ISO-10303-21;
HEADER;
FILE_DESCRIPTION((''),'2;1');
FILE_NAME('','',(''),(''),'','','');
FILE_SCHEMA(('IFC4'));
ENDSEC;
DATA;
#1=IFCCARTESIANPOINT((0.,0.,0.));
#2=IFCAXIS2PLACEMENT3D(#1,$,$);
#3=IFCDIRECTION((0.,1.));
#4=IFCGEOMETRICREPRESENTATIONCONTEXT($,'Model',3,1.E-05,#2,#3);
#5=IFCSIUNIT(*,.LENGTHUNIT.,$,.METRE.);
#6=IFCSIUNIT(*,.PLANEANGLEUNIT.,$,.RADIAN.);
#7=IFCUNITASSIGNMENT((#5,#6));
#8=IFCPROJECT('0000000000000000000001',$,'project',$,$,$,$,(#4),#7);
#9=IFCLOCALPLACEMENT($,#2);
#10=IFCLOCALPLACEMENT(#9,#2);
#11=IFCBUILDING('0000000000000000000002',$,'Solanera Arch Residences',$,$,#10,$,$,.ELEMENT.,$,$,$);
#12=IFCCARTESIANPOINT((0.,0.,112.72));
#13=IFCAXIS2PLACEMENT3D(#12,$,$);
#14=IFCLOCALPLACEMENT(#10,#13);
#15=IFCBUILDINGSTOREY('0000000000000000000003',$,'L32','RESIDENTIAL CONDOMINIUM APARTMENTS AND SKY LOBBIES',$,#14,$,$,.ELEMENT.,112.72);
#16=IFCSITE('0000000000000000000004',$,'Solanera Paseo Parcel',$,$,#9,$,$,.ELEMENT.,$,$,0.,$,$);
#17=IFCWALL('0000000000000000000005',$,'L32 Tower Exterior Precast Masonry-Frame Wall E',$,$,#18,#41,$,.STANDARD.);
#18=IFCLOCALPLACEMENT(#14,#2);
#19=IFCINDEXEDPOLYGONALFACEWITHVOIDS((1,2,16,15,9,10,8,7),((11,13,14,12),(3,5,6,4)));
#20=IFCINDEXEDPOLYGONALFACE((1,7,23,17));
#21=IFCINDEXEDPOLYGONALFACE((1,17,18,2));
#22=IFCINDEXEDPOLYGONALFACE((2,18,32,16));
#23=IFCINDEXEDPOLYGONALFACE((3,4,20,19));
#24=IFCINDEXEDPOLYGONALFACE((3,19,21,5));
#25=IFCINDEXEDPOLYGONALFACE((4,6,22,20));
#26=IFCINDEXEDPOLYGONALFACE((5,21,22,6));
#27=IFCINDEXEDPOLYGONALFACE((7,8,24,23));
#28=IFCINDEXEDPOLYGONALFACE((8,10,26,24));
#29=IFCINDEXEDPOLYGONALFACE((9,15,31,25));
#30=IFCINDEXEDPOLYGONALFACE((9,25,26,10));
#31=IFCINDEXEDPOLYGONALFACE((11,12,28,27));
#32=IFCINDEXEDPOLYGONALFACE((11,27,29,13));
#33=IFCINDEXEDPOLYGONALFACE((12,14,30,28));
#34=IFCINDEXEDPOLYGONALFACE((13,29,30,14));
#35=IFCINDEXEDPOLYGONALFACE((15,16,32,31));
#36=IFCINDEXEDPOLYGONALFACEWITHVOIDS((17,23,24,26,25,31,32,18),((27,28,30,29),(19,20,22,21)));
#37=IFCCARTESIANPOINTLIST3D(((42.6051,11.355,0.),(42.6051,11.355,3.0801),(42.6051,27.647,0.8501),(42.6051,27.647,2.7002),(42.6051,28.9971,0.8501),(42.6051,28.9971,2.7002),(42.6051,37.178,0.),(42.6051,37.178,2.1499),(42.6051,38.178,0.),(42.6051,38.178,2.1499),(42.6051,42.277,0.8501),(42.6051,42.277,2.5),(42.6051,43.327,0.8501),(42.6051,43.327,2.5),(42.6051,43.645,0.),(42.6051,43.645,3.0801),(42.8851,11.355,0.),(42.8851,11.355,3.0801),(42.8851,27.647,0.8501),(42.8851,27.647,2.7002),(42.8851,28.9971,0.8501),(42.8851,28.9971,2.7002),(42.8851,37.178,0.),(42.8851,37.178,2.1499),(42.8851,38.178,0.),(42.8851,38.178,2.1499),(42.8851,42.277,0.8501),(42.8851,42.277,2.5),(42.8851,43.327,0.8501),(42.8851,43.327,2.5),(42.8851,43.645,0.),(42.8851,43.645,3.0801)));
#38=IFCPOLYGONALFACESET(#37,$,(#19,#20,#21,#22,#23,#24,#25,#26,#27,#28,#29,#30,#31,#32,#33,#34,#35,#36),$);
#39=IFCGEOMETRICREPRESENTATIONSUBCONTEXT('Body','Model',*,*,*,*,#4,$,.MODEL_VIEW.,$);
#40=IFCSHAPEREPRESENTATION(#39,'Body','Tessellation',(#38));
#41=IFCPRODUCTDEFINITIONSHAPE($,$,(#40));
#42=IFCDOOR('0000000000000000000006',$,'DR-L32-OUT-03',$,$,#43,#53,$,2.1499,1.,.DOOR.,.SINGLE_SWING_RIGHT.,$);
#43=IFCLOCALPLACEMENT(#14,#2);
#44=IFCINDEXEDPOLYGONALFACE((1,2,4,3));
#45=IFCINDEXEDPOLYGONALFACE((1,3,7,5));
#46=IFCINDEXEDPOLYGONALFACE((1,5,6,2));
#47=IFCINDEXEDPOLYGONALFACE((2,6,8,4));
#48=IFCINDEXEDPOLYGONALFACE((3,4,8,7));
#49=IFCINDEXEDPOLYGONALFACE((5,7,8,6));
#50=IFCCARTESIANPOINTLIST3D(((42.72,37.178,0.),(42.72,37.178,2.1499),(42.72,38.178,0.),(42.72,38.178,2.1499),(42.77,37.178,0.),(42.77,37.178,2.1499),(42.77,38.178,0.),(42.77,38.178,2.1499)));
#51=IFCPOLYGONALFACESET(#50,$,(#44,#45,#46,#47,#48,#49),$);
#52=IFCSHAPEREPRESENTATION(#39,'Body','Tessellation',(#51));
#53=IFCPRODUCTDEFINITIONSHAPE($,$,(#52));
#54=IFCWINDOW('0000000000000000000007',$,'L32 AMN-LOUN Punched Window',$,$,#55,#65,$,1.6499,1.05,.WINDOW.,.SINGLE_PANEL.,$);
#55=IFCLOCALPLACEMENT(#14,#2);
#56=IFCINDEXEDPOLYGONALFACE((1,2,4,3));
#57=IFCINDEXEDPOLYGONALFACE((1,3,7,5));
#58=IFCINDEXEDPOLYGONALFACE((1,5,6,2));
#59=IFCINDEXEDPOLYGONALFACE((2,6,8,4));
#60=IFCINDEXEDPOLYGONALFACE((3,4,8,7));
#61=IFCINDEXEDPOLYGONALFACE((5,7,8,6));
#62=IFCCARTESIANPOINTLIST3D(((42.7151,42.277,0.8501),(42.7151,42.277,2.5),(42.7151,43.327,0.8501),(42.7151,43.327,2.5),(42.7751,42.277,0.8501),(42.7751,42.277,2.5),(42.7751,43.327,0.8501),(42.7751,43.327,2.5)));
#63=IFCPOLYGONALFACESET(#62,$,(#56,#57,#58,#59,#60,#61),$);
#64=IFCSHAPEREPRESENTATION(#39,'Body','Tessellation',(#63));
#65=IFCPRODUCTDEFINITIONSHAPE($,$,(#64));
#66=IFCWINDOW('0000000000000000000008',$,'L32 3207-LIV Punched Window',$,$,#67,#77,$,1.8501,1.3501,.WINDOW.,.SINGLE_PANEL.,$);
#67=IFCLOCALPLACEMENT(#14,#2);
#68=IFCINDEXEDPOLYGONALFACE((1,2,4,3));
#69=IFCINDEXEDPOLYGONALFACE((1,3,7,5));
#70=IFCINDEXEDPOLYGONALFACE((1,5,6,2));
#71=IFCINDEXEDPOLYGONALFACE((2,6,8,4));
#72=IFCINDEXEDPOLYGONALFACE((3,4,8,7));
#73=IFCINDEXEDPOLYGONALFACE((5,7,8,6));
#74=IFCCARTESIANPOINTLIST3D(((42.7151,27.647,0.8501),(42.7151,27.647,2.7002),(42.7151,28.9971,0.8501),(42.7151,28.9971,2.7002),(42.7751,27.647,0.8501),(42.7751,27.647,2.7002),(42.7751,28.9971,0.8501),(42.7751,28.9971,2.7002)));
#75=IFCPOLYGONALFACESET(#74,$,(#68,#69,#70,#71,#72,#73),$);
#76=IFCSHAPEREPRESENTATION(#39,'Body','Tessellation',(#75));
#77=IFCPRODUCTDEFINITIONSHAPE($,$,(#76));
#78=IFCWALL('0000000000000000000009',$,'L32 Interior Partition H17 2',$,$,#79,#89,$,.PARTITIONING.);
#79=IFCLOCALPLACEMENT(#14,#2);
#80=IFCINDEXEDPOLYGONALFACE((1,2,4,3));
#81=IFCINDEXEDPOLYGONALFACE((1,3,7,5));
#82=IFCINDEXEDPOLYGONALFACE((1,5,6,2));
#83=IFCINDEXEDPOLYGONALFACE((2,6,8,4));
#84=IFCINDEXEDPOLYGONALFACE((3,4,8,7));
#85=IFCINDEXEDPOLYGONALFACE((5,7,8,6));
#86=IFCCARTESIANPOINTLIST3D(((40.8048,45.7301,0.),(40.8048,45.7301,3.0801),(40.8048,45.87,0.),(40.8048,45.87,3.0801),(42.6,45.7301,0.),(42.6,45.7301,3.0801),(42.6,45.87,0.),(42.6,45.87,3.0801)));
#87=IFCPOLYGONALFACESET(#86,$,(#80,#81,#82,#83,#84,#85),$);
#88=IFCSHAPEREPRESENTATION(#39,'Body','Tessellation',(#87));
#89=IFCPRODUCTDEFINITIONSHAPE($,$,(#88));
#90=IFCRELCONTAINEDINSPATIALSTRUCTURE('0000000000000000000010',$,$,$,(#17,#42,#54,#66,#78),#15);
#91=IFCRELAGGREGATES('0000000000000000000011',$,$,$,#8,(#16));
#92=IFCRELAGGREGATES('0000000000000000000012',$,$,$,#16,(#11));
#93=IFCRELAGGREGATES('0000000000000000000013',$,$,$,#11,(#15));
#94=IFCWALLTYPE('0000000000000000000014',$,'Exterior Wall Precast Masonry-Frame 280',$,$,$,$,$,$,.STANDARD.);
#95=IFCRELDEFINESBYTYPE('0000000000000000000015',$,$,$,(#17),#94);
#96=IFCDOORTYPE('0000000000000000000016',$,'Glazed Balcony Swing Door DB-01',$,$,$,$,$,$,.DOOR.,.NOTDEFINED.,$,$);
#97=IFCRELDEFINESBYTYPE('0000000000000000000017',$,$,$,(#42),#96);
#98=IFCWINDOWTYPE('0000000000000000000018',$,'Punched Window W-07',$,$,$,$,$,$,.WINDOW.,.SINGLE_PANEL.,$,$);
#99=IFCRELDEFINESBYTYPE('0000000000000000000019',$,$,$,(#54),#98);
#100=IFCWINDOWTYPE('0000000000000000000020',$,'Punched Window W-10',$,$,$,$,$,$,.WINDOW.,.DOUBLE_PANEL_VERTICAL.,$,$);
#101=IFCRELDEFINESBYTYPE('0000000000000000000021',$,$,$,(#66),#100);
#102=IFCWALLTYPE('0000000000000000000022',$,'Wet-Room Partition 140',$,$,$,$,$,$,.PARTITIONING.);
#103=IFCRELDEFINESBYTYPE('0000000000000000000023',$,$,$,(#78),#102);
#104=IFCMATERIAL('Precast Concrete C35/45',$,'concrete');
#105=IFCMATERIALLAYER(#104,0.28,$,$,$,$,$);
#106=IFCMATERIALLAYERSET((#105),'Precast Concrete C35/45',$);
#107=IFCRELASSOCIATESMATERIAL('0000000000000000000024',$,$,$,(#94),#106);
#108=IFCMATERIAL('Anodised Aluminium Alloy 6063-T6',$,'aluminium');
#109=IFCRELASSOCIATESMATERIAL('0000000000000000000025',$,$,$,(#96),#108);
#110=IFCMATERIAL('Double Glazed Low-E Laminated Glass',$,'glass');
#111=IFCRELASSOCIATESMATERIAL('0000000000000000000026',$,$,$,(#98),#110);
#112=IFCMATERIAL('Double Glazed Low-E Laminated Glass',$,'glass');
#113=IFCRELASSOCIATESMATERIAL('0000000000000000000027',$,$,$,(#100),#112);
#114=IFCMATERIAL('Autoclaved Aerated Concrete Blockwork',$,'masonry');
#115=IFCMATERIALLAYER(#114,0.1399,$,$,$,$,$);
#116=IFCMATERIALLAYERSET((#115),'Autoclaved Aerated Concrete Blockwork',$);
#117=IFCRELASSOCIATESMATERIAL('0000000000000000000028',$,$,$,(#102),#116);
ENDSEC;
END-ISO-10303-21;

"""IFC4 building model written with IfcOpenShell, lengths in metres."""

from ifc_helpers import new_model, si_unit, direction, frame, frame_2d, origin, place, context, subcontext, project, spatial, rectangle, extrude, material, layer, layer_set, type_object, element, fill, save


model = new_model("IFC4")

# Units and contexts
model_context = context("Model", 3, precision=1e-05, world=origin(), true_north=direction((0.0, 1.0)))
body_context = subcontext(model_context, "Body", "Model", "MODEL_VIEW")
ifc_project = project(units=[si_unit("LENGTHUNIT", "METRE"), si_unit("PLANEANGLEUNIT", "RADIAN")], contexts=[model_context])

# Site, building, storey
site_placement = place(None, origin())
site = spatial("IfcSite", under=ifc_project, at=site_placement, Name="Solanera Paseo Parcel", CompositionType="ELEMENT", RefElevation=0.0)
building_placement = place(site_placement, origin())
building = spatial("IfcBuilding", under=site, at=building_placement, Name="Solanera Arch Residences", CompositionType="ELEMENT")
storey_placement = place(building_placement, frame((0.0, 0.0, 112.72)))
storey = spatial("IfcBuildingStorey", under=building, at=storey_placement, Name="L32", Description="RESIDENTIAL CONDOMINIUM APARTMENTS AND SKY LOBBIES", CompositionType="ELEMENT", Elevation=112.72)

# Shared definitions
ifc_material_1 = material(Name="Precast Concrete C35/45", Category="concrete")
ifc_layer_1 = layer(ifc_material_1, 0.28)
ifc_layer_set_1 = layer_set([ifc_layer_1], Name="Precast Concrete C35/45")
wall_type_1 = type_object("IfcWallType", Name="Exterior Wall Precast Masonry-Frame 280", PredefinedType="STANDARD", material=ifc_layer_set_1)

# Wall, openings, door, windows
wall_1_placement = place(storey_placement, frame((42.7451, 43.645, 0.0), z_axis=(0.0, 0.0, 1.0), x_axis=(0.0, -1.0, 0.0)))
wall_1 = element("IfcWall", 1, at=wall_1_placement, inside=storey, type_object=wall_type_1, Name="L32 Tower Exterior Precast Masonry-Frame Wall E", PredefinedType="STANDARD", context=body_context, shape_type="SweptSolid", body=[
    extrude(rectangle(XDim=32.29, YDim=0.28, at=frame_2d((16.145, 0.0))), origin(), (0.0, 0.0, 1.0), 3.0801),
])
opening_1_placement = place(wall_1_placement, frame((5.467, 0.0, 0.0)))
opening_1 = element("IfcOpeningElement", 2, at=opening_1_placement, cuts=wall_1, PredefinedType="OPENING", context=body_context, shape_type="SweptSolid", body=[
    extrude(rectangle(XDim=1.0, YDim=2.1499, at=frame_2d((0.5, 1.075))), frame((0.0, 0.1499, 0.0), z_axis=(0.0, -1.0, 0.0), x_axis=(1.0, 0.0, 0.0)), (0.0, 0.0, 1.0), 0.3),
])
opening_2_placement = place(wall_1_placement, frame((0.3181, 0.0, 0.8501)))
opening_2 = element("IfcOpeningElement", 3, at=opening_2_placement, cuts=wall_1, PredefinedType="OPENING", context=body_context, shape_type="SweptSolid", body=[
    extrude(rectangle(XDim=1.05, YDim=1.6499, at=frame_2d((0.5249, 0.825))), frame((0.0, 0.1499, 0.0), z_axis=(0.0, -1.0, 0.0), x_axis=(1.0, 0.0, 0.0)), (0.0, 0.0, 1.0), 0.3),
])
opening_3_placement = place(wall_1_placement, frame((14.6479, 0.0, 0.8501)))
opening_3 = element("IfcOpeningElement", 4, at=opening_3_placement, cuts=wall_1, PredefinedType="OPENING", context=body_context, shape_type="SweptSolid", body=[
    extrude(rectangle(XDim=1.3501, YDim=1.8501, at=frame_2d((0.675, 0.925))), frame((0.0, 0.1499, 0.0), z_axis=(0.0, -1.0, 0.0), x_axis=(1.0, 0.0, 0.0)), (0.0, 0.0, 1.0), 0.3),
])
ifc_material_2 = material(Name="Anodised Aluminium Alloy 6063-T6", Category="aluminium")
door_type = type_object("IfcDoorType", Name="Glazed Balcony Swing Door DB-01", OperationType="NOTDEFINED", PredefinedType="DOOR", material=ifc_material_2)
door_placement = place(opening_1_placement, origin())
door = element("IfcDoor", 5, at=door_placement, inside=storey, type_object=door_type, Name="DR-L32-OUT-03", OperationType="SINGLE_SWING_RIGHT", OverallHeight=2.1499, OverallWidth=1.0, PredefinedType="DOOR", context=body_context, shape_type="SweptSolid", body=[
    extrude(rectangle(XDim=1.0, YDim=2.1499, at=frame_2d((0.5, 1.075))), frame((0.0, 0.0249, 0.0), z_axis=(0.0, -1.0, 0.0), x_axis=(1.0, 0.0, 0.0)), (0.0, 0.0, 1.0), 0.05),
])
fill(opening_1, door)
ifc_material_3 = material(Name="Double Glazed Low-E Laminated Glass", Category="glass")
window_type_1 = type_object("IfcWindowType", Name="Punched Window W-07", PartitioningType="SINGLE_PANEL", PredefinedType="WINDOW", material=ifc_material_3)
window_1_placement = place(opening_2_placement, origin())
window_1 = element("IfcWindow", 6, at=window_1_placement, inside=storey, type_object=window_type_1, Name="L32 AMN-LOUN Punched Window", OverallHeight=1.6499, OverallWidth=1.05, PartitioningType="SINGLE_PANEL", PredefinedType="WINDOW", context=body_context, shape_type="SweptSolid", body=[
    extrude(rectangle(XDim=1.05, YDim=1.6499, at=frame_2d((0.5249, 0.825))), frame((0.0, 0.03, 0.0), z_axis=(0.0, -1.0, 0.0), x_axis=(1.0, 0.0, 0.0)), (0.0, 0.0, 1.0), 0.0601),
])
fill(opening_2, window_1)
ifc_material_4 = material(Name="Double Glazed Low-E Laminated Glass", Category="glass")
window_type_2 = type_object("IfcWindowType", Name="Punched Window W-10", PartitioningType="DOUBLE_PANEL_VERTICAL", PredefinedType="WINDOW", material=ifc_material_4)
window_2_placement = place(opening_3_placement, origin())
window_2 = element("IfcWindow", 7, at=window_2_placement, inside=storey, type_object=window_type_2, Name="L32 3207-LIV Punched Window", OverallHeight=1.8501, OverallWidth=1.3501, PartitioningType="SINGLE_PANEL", PredefinedType="WINDOW", context=body_context, shape_type="SweptSolid", body=[
    extrude(rectangle(XDim=1.3501, YDim=1.8501, at=frame_2d((0.675, 0.925))), frame((0.0, 0.03, 0.0), z_axis=(0.0, -1.0, 0.0), x_axis=(1.0, 0.0, 0.0)), (0.0, 0.0, 1.0), 0.0601),
])
fill(opening_3, window_2)

# Wall
ifc_material_5 = material(Name="Autoclaved Aerated Concrete Blockwork", Category="masonry")
ifc_layer_2 = layer(ifc_material_5, 0.1399)
ifc_layer_set_2 = layer_set([ifc_layer_2], Name="Autoclaved Aerated Concrete Blockwork")
wall_type_2 = type_object("IfcWallType", Name="Wet-Room Partition 140", PredefinedType="PARTITIONING", material=ifc_layer_set_2)
wall_2_placement = place(storey_placement, frame((40.8049, 45.8, 0.0), z_axis=(0.0, 0.0, 1.0), x_axis=(1.0, 0.0, 0.0)))
element("IfcWall", 8, at=wall_2_placement, inside=storey, type_object=wall_type_2, Name="L32 Interior Partition H17 2", PredefinedType="PARTITIONING", context=body_context, shape_type="SweptSolid", body=[
    extrude(rectangle(XDim=1.7952, YDim=0.1399, at=frame_2d((0.8975, 0.0))), origin(), (0.0, 0.0, 1.0), 3.0801),
])

save(model, "model.ifc")
